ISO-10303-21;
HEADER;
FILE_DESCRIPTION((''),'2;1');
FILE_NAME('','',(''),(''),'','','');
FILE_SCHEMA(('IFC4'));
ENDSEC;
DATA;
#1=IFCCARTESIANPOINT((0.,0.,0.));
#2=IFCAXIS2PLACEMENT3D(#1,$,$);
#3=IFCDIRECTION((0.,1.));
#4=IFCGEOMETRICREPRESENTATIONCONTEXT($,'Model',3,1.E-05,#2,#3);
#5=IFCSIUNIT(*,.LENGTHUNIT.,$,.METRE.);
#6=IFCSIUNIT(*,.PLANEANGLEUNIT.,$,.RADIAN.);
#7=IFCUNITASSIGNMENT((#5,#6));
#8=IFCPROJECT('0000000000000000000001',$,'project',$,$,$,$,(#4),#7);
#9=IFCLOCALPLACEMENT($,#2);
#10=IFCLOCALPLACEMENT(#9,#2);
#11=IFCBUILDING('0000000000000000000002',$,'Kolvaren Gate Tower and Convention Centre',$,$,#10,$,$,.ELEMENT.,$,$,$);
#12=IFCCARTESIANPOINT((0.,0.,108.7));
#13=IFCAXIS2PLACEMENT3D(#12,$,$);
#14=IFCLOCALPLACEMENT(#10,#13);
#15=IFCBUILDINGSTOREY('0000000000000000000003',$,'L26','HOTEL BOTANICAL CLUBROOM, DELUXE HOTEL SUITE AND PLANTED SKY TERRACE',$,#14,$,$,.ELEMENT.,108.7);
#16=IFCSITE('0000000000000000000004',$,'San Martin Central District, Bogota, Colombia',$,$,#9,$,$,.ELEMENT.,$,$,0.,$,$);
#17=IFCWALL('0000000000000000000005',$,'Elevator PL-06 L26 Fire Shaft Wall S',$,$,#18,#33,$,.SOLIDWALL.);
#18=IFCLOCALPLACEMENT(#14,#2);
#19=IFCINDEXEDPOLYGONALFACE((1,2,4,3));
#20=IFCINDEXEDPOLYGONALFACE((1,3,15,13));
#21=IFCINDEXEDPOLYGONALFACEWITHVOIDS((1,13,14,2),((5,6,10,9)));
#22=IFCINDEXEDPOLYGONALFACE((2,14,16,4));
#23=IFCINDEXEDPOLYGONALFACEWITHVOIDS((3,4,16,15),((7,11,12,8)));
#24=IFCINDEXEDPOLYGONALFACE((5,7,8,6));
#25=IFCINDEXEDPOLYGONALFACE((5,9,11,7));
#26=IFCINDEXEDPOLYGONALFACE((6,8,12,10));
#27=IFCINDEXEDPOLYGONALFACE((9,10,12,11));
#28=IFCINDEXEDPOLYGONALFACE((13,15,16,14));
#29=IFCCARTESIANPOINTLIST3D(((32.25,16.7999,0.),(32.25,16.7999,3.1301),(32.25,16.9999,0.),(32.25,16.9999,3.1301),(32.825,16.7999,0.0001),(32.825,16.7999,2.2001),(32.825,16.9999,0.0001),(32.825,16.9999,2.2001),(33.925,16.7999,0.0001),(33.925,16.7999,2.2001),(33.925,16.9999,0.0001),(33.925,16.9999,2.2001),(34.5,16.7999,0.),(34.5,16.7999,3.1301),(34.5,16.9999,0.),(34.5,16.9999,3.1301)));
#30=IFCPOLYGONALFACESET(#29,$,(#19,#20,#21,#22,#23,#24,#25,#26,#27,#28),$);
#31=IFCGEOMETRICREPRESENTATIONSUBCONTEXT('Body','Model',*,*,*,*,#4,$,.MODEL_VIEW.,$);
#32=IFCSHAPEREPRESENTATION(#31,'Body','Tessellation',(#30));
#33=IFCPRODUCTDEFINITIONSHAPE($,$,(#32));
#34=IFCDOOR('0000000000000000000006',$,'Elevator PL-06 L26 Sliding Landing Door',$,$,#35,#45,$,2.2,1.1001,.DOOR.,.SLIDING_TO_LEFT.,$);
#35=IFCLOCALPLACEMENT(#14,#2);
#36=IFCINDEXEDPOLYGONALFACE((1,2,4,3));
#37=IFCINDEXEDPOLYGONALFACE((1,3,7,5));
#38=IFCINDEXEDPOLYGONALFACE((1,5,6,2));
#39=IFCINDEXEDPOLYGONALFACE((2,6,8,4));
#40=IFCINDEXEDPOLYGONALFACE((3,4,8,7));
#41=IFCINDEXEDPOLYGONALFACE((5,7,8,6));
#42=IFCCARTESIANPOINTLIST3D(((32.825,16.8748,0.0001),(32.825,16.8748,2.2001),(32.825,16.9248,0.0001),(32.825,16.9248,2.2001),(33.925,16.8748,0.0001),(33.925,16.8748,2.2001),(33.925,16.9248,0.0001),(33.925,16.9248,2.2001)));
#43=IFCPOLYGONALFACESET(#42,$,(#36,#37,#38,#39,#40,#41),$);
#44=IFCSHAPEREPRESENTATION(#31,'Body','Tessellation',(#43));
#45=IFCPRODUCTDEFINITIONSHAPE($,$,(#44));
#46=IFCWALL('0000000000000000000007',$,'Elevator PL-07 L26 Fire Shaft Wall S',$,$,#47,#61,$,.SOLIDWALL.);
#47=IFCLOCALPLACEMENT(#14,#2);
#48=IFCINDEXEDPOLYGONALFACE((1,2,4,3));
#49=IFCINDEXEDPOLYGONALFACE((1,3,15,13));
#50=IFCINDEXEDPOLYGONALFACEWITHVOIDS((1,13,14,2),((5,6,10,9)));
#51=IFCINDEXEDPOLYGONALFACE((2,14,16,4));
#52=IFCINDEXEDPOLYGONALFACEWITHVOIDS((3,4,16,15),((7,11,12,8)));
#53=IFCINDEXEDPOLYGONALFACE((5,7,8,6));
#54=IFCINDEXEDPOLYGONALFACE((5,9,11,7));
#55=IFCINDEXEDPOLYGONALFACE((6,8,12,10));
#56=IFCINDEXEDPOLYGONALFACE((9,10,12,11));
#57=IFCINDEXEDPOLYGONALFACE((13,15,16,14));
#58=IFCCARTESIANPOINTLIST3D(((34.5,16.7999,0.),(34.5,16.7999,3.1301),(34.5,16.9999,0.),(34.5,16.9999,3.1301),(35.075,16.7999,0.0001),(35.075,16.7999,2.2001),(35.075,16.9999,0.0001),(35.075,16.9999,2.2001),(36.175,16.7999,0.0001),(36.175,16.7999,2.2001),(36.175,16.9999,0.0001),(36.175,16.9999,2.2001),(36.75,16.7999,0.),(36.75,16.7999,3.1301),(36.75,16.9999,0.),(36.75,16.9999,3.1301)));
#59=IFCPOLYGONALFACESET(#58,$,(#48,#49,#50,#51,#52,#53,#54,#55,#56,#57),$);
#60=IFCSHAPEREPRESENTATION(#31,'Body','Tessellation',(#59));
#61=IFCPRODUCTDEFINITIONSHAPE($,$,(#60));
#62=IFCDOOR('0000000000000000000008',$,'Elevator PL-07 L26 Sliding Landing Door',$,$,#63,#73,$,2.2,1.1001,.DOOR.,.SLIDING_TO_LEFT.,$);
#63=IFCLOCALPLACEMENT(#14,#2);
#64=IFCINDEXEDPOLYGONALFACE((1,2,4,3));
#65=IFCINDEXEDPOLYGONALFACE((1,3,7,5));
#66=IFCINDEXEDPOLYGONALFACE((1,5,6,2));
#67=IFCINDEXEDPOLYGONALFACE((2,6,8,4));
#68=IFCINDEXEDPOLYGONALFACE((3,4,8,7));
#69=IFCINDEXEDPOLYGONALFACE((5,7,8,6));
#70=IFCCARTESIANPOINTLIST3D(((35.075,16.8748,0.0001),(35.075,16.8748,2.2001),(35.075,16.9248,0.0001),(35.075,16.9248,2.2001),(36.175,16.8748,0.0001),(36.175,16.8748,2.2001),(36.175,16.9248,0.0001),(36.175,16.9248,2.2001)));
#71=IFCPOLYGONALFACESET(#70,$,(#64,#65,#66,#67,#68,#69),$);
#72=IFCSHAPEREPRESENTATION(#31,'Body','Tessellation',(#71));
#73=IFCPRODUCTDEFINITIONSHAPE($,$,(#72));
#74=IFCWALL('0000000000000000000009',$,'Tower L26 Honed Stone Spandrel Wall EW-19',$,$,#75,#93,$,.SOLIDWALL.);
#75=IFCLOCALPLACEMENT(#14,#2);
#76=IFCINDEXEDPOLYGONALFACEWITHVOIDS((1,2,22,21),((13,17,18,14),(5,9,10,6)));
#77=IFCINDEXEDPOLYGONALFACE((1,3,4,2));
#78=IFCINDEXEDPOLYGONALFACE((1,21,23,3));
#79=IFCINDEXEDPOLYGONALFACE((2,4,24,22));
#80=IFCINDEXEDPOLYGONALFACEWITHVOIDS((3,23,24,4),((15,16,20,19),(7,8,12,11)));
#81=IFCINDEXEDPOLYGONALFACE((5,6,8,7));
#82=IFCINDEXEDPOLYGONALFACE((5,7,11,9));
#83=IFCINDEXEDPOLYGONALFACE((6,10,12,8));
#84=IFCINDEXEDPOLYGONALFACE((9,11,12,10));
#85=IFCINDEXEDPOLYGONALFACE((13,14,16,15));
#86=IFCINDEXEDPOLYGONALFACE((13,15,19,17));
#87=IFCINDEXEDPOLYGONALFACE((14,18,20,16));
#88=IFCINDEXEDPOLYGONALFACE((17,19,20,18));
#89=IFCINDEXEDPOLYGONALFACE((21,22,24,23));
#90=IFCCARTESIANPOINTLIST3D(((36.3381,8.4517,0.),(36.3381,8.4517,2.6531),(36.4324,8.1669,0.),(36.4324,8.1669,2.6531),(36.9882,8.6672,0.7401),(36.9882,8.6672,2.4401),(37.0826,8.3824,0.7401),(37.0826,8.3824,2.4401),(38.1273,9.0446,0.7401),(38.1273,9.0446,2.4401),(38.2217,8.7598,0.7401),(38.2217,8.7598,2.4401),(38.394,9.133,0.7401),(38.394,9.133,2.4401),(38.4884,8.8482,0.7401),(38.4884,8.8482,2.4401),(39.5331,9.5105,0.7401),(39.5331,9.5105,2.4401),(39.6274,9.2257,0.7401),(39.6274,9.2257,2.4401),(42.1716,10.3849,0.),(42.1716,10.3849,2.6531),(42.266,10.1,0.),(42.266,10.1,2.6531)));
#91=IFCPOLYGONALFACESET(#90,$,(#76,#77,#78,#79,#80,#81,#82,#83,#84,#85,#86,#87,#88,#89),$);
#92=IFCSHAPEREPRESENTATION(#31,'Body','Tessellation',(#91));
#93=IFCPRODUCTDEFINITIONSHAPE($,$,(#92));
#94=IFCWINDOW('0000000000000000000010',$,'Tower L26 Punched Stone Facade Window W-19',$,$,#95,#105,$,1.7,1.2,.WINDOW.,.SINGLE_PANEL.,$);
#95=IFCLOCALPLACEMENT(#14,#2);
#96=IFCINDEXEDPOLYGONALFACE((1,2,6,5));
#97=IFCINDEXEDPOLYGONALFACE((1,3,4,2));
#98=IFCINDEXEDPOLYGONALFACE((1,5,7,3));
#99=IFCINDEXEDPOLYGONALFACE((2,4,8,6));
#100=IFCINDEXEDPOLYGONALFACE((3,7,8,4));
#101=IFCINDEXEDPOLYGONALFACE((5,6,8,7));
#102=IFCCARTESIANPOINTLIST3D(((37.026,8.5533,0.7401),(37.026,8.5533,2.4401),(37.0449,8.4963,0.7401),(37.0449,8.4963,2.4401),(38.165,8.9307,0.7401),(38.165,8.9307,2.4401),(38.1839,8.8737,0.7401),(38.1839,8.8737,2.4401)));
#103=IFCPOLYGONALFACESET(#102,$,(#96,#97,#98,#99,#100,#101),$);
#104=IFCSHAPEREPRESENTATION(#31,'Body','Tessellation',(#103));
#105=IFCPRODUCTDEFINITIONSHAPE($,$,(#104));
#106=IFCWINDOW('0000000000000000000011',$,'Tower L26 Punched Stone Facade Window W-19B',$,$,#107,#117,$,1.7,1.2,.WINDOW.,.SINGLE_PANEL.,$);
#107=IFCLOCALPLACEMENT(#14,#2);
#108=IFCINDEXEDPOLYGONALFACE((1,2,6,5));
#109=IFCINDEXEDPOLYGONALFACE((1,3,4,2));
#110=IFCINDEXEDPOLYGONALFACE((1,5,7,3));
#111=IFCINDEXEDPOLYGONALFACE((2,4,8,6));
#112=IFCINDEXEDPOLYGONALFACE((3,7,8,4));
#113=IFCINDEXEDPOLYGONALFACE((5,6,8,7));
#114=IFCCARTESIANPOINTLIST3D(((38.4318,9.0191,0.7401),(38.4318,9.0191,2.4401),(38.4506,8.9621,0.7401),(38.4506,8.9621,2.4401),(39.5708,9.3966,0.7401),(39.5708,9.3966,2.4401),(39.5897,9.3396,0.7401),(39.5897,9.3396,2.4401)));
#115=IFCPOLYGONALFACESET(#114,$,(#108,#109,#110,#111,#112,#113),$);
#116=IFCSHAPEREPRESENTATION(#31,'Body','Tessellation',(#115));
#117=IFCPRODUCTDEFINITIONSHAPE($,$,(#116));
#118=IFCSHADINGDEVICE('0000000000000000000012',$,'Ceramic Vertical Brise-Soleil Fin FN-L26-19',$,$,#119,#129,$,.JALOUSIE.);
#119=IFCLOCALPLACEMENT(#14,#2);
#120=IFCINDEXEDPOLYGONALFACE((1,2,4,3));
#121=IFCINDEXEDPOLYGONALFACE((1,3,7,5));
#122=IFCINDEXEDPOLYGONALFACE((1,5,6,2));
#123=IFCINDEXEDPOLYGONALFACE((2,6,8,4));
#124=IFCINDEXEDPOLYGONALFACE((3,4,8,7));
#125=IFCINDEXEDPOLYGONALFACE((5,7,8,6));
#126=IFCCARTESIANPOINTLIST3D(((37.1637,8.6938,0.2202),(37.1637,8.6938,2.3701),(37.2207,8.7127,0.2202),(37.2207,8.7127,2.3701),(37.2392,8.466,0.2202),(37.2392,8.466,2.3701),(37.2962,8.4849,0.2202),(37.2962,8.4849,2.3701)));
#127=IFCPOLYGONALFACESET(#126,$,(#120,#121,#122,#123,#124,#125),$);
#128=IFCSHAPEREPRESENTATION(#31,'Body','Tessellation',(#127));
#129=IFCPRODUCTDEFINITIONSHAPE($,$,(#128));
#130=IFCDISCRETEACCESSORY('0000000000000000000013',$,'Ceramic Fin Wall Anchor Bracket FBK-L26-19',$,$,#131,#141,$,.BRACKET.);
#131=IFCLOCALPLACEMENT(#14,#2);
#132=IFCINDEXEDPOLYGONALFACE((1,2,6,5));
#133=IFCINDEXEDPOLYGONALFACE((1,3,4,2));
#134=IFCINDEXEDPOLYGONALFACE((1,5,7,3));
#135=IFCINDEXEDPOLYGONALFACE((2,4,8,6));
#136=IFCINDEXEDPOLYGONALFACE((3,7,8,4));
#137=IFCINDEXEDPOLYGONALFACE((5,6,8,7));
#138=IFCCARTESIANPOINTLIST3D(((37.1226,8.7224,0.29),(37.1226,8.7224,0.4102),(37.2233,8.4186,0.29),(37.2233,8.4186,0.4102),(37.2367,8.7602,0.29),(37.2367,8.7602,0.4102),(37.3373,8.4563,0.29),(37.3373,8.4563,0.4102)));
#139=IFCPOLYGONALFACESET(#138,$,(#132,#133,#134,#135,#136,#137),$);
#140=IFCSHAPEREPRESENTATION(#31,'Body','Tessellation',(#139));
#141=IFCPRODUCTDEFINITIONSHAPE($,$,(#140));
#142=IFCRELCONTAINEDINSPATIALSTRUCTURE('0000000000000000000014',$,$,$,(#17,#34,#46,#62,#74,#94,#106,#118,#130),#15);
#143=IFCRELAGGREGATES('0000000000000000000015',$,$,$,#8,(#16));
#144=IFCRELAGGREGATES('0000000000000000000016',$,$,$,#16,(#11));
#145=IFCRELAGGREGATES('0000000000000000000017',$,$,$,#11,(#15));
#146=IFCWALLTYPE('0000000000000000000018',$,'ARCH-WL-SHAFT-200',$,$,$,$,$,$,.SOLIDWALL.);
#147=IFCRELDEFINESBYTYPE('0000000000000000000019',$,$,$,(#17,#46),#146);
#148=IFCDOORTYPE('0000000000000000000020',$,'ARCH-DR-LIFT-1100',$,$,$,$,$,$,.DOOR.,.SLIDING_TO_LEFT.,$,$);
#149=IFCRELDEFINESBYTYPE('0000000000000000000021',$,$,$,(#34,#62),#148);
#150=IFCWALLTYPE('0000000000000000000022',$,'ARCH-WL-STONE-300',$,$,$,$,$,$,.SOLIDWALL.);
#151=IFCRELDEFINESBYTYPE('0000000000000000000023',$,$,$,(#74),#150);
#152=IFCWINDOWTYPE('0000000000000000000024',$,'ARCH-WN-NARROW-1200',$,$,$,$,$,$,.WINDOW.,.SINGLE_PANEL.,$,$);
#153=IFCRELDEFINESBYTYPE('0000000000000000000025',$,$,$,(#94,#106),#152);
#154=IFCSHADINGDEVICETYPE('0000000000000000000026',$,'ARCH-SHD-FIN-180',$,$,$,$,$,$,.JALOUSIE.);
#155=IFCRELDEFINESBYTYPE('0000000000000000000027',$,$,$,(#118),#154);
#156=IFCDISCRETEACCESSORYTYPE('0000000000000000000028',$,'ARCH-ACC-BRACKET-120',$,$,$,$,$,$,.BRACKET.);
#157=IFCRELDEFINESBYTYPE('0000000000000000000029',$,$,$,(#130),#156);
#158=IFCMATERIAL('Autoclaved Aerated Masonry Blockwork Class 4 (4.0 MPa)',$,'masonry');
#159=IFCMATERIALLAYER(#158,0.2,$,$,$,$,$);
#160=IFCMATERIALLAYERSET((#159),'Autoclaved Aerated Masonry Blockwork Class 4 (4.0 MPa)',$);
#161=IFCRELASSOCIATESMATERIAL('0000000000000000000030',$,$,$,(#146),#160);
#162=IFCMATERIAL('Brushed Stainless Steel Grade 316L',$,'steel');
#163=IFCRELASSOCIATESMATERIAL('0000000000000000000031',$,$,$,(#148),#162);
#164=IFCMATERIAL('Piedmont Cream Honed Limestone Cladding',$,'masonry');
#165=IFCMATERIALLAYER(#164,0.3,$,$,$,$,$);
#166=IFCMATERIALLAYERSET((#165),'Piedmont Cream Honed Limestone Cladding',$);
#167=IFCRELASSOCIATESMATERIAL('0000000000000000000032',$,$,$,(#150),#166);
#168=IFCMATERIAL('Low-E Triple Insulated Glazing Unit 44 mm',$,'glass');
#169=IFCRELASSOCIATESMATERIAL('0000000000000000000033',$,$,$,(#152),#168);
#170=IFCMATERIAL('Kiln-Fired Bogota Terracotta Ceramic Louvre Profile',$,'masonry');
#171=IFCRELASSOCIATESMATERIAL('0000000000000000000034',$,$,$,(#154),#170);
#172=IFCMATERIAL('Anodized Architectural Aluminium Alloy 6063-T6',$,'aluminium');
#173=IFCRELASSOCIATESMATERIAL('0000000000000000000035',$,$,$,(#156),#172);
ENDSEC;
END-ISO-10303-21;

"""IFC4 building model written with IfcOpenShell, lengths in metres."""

from ifc_helpers import new_model, si_unit, direction, frame, frame_2d, origin, origin_2d, place, context, subcontext, project, spatial, rectangle, extrude, material, layer, layer_set, type_object, element, fill, save


model = new_model("IFC4")

# Units and contexts
model_context = context("Model", 3, precision=1e-05, world=origin(), true_north=direction((0.0, 1.0)))
body_context = subcontext(model_context, "Body", "Model", "MODEL_VIEW")
ifc_project = project(units=[si_unit("LENGTHUNIT", "METRE"), si_unit("PLANEANGLEUNIT", "RADIAN")], contexts=[model_context])

# Site, building, storey
site_placement = place(None, origin())
site = spatial("IfcSite", under=ifc_project, at=site_placement, Name="San Martin Central District, Bogota, Colombia", CompositionType="ELEMENT", RefElevation=0.0)
building_placement = place(site_placement, origin())
building = spatial("IfcBuilding", under=site, at=building_placement, Name="Kolvaren Gate Tower and Convention Centre", CompositionType="ELEMENT")
storey_placement = place(building_placement, frame((0.0, 0.0, 108.7)))
storey = spatial("IfcBuildingStorey", under=building, at=storey_placement, Name="L26", Description="HOTEL BOTANICAL CLUBROOM, DELUXE HOTEL SUITE AND PLANTED SKY TERRACE", CompositionType="ELEMENT", Elevation=108.7)

# Walls, openings, doors
ifc_material_1 = material(Name="Autoclaved Aerated Masonry Blockwork Class 4 (4.0 MPa)", Category="masonry")
ifc_layer_1 = layer(ifc_material_1, 0.2)
ifc_layer_set_1 = layer_set([ifc_layer_1], Name="Autoclaved Aerated Masonry Blockwork Class 4 (4.0 MPa)")
wall_type_1 = type_object("IfcWallType", Name="ARCH-WL-SHAFT-200", PredefinedType="SOLIDWALL", material=ifc_layer_set_1)
wall_1_placement = place(storey_placement, frame((32.25, 16.8999, 0.0), z_axis=(0.0, 0.0, 1.0), x_axis=(1.0, 0.0, 0.0)))
wall_1 = element("IfcWall", 1, at=wall_1_placement, inside=storey, type_object=wall_type_1, Name="Elevator PL-06 L26 Fire Shaft Wall S", PredefinedType="SOLIDWALL", context=body_context, shape_type="SweptSolid", body=[
    extrude(rectangle(XDim=2.25, YDim=0.2, at=frame_2d((1.125, 0.0))), origin(), (0.0, 0.0, 1.0), 3.1301),
])
opening_1_placement = place(wall_1_placement, frame((0.575, 0.0, 0.0)))
opening_1 = element("IfcOpeningElement", 2, at=opening_1_placement, cuts=wall_1, PredefinedType="OPENING", context=body_context, shape_type="SweptSolid", body=[
    extrude(rectangle(XDim=1.1001, YDim=2.2, at=frame_2d((0.55, 1.1001))), frame((0.0, 0.1099, 0.0), z_axis=(0.0, -1.0, 0.0), x_axis=(1.0, 0.0, 0.0)), (0.0, 0.0, 1.0), 0.22),
])
ifc_material_2 = material(Name="Brushed Stainless Steel Grade 316L", Category="steel")
door_type_1 = type_object("IfcDoorType", Name="ARCH-DR-LIFT-1100", OperationType="SLIDING_TO_LEFT", PredefinedType="DOOR", material=ifc_material_2)
door_1_placement = place(opening_1_placement, origin())
door_1 = element("IfcDoor", 3, at=door_1_placement, inside=storey, type_object=door_type_1, Name="Elevator PL-06 L26 Sliding Landing Door", OperationType="SLIDING_TO_LEFT", OverallHeight=2.2, OverallWidth=1.1001, PredefinedType="DOOR", context=body_context, shape_type="SweptSolid", body=[
    extrude(rectangle(XDim=1.1001, YDim=2.2, at=frame_2d((0.55, 1.1001))), frame((0.0, 0.0249, 0.0), z_axis=(0.0, -1.0, 0.0), x_axis=(1.0, 0.0, 0.0)), (0.0, 0.0, 1.0), 0.05),
])
fill(opening_1, door_1)
wall_2_placement = place(storey_placement, frame((34.5, 16.8999, 0.0), z_axis=(0.0, 0.0, 1.0), x_axis=(1.0, 0.0, 0.0)))
wall_2 = element("IfcWall", 4, at=wall_2_placement, inside=storey, type_object=wall_type_1, Name="Elevator PL-07 L26 Fire Shaft Wall S", PredefinedType="SOLIDWALL", context=body_context, shape_type="SweptSolid", body=[
    extrude(rectangle(XDim=2.25, YDim=0.2, at=frame_2d((1.125, 0.0))), origin(), (0.0, 0.0, 1.0), 3.1301),
])
opening_2_placement = place(wall_2_placement, frame((0.575, 0.0, 0.0)))
opening_2 = element("IfcOpeningElement", 5, at=opening_2_placement, cuts=wall_2, PredefinedType="OPENING", context=body_context, shape_type="SweptSolid", body=[
    extrude(rectangle(XDim=1.1001, YDim=2.2, at=frame_2d((0.55, 1.1001))), frame((0.0, 0.1099, 0.0), z_axis=(0.0, -1.0, 0.0), x_axis=(1.0, 0.0, 0.0)), (0.0, 0.0, 1.0), 0.22),
])
door_2_placement = place(opening_2_placement, origin())
door_2 = element("IfcDoor", 6, at=door_2_placement, inside=storey, type_object=door_type_1, Name="Elevator PL-07 L26 Sliding Landing Door", OperationType="SLIDING_TO_LEFT", OverallHeight=2.2, OverallWidth=1.1001, PredefinedType="DOOR", context=body_context, shape_type="SweptSolid", body=[
    extrude(rectangle(XDim=1.1001, YDim=2.2, at=frame_2d((0.55, 1.1001))), frame((0.0, 0.0249, 0.0), z_axis=(0.0, -1.0, 0.0), x_axis=(1.0, 0.0, 0.0)), (0.0, 0.0, 1.0), 0.05),
])
fill(opening_2, door_2)

# Wall, openings, windows
ifc_material_3 = material(Name="Piedmont Cream Honed Limestone Cladding", Category="masonry")
ifc_layer_2 = layer(ifc_material_3, 0.3)
ifc_layer_set_2 = layer_set([ifc_layer_2], Name="Piedmont Cream Honed Limestone Cladding")
wall_type_2 = type_object("IfcWallType", Name="ARCH-WL-STONE-300", PredefinedType="SOLIDWALL", material=ifc_layer_set_2)
wall_3_placement = place(storey_placement, frame((36.3853, 8.3093, 0.0), z_axis=(0.0, 0.0, 1.0), x_axis=(0.949238, 0.314559, 0.0)))
wall_3 = element("IfcWall", 7, at=wall_3_placement, inside=storey, type_object=wall_type_2, Name="Tower L26 Honed Stone Spandrel Wall EW-19", PredefinedType="SOLIDWALL", context=body_context, shape_type="SweptSolid", body=[
    extrude(rectangle(XDim=6.1455, YDim=0.3, at=frame_2d((3.0728, 0.0))), origin(), (0.0, 0.0, 1.0), 2.6531),
])
opening_3_placement = place(wall_3_placement, frame((0.6848, 0.0, 0.74)))
opening_3 = element("IfcOpeningElement", 8, at=opening_3_placement, cuts=wall_3, PredefinedType="OPENING", context=body_context, shape_type="SweptSolid", body=[
    extrude(rectangle(XDim=1.2, YDim=1.7, at=frame_2d((0.6001, 0.8501))), frame((0.0, 0.1599, 0.0), z_axis=(0.0, -1.0, 0.0), x_axis=(1.0, 0.0, 0.0)), (0.0, 0.0, 1.0), 0.3201),
])
opening_4_placement = place(wall_3_placement, frame((2.1658, 0.0, 0.74)))
opening_4 = element("IfcOpeningElement", 9, at=opening_4_placement, cuts=wall_3, PredefinedType="OPENING", context=body_context, shape_type="SweptSolid", body=[
    extrude(rectangle(XDim=1.2, YDim=1.7, at=frame_2d((0.6001, 0.8501))), frame((0.0, 0.1599, 0.0), z_axis=(0.0, -1.0, 0.0), x_axis=(1.0, 0.0, 0.0)), (0.0, 0.0, 1.0), 0.3201),
])
ifc_material_4 = material(Name="Low-E Triple Insulated Glazing Unit 44 mm", Category="glass")
window_type = type_object("IfcWindowType", Name="ARCH-WN-NARROW-1200", PartitioningType="SINGLE_PANEL", PredefinedType="WINDOW", material=ifc_material_4)
window_1_placement = place(opening_3_placement, origin())
window_1 = element("IfcWindow", 10, at=window_1_placement, inside=storey, type_object=window_type, Name="Tower L26 Punched Stone Facade Window W-19", OverallHeight=1.7, OverallWidth=1.2, PartitioningType="SINGLE_PANEL", PredefinedType="WINDOW", context=body_context, shape_type="SweptSolid", body=[
    extrude(rectangle(XDim=1.2, YDim=1.7, at=frame_2d((0.6001, 0.8501))), frame((0.0, 0.03, 0.0), z_axis=(0.0, -1.0, 0.0), x_axis=(1.0, 0.0, 0.0)), (0.0, 0.0, 1.0), 0.0601),
])
fill(opening_3, window_1)
window_2_placement = place(opening_4_placement, origin())
window_2 = element("IfcWindow", 11, at=window_2_placement, inside=storey, type_object=window_type, Name="Tower L26 Punched Stone Facade Window W-19B", OverallHeight=1.7, OverallWidth=1.2, PartitioningType="SINGLE_PANEL", PredefinedType="WINDOW", context=body_context, shape_type="SweptSolid", body=[
    extrude(rectangle(XDim=1.2, YDim=1.7, at=frame_2d((0.6001, 0.8501))), frame((0.0, 0.03, 0.0), z_axis=(0.0, -1.0, 0.0), x_axis=(1.0, 0.0, 0.0)), (0.0, 0.0, 1.0), 0.0601),
])
fill(opening_4, window_2)

# Shading device
ifc_material_5 = material(Name="Kiln-Fired Bogota Terracotta Ceramic Louvre Profile", Category="masonry")
shading_device_type = type_object("IfcShadingDeviceType", Name="ARCH-SHD-FIN-180", PredefinedType="JALOUSIE", material=ifc_material_5)
shading_device_placement = place(storey_placement, frame((37.23, 8.5894, 0.2202), z_axis=(0.0, 0.0, 1.0), x_axis=(0.94924, 0.314552, 0.0)))
element("IfcShadingDevice", 12, at=shading_device_placement, inside=storey, type_object=shading_device_type, Name="Ceramic Vertical Brise-Soleil Fin FN-L26-19", PredefinedType="JALOUSIE", context=body_context, shape_type="SweptSolid", body=[
    extrude(rectangle(XDim=0.0601, YDim=0.24, at=origin_2d()), origin(), (0.0, 0.0, 1.0), 2.1499),
])

# Discrete accessory
ifc_material_6 = material(Name="Anodized Architectural Aluminium Alloy 6063-T6", Category="aluminium")
discrete_accessory_type = type_object("IfcDiscreteAccessoryType", Name="ARCH-ACC-BRACKET-120", PredefinedType="BRACKET", material=ifc_material_6)
discrete_accessory_placement = place(storey_placement, frame((37.23, 8.5894, 0.29), z_axis=(0.0, 0.0, 1.0), x_axis=(0.94924, 0.314552, 0.0)))
element("IfcDiscreteAccessory", 13, at=discrete_accessory_placement, inside=storey, type_object=discrete_accessory_type, Name="Ceramic Fin Wall Anchor Bracket FBK-L26-19", PredefinedType="BRACKET", context=body_context, shape_type="SweptSolid", body=[
    extrude(rectangle(XDim=0.1201, YDim=0.3201, at=origin_2d()), origin(), (0.0, 0.0, 1.0), 0.1201),
])

save(model, "model.ifc")
